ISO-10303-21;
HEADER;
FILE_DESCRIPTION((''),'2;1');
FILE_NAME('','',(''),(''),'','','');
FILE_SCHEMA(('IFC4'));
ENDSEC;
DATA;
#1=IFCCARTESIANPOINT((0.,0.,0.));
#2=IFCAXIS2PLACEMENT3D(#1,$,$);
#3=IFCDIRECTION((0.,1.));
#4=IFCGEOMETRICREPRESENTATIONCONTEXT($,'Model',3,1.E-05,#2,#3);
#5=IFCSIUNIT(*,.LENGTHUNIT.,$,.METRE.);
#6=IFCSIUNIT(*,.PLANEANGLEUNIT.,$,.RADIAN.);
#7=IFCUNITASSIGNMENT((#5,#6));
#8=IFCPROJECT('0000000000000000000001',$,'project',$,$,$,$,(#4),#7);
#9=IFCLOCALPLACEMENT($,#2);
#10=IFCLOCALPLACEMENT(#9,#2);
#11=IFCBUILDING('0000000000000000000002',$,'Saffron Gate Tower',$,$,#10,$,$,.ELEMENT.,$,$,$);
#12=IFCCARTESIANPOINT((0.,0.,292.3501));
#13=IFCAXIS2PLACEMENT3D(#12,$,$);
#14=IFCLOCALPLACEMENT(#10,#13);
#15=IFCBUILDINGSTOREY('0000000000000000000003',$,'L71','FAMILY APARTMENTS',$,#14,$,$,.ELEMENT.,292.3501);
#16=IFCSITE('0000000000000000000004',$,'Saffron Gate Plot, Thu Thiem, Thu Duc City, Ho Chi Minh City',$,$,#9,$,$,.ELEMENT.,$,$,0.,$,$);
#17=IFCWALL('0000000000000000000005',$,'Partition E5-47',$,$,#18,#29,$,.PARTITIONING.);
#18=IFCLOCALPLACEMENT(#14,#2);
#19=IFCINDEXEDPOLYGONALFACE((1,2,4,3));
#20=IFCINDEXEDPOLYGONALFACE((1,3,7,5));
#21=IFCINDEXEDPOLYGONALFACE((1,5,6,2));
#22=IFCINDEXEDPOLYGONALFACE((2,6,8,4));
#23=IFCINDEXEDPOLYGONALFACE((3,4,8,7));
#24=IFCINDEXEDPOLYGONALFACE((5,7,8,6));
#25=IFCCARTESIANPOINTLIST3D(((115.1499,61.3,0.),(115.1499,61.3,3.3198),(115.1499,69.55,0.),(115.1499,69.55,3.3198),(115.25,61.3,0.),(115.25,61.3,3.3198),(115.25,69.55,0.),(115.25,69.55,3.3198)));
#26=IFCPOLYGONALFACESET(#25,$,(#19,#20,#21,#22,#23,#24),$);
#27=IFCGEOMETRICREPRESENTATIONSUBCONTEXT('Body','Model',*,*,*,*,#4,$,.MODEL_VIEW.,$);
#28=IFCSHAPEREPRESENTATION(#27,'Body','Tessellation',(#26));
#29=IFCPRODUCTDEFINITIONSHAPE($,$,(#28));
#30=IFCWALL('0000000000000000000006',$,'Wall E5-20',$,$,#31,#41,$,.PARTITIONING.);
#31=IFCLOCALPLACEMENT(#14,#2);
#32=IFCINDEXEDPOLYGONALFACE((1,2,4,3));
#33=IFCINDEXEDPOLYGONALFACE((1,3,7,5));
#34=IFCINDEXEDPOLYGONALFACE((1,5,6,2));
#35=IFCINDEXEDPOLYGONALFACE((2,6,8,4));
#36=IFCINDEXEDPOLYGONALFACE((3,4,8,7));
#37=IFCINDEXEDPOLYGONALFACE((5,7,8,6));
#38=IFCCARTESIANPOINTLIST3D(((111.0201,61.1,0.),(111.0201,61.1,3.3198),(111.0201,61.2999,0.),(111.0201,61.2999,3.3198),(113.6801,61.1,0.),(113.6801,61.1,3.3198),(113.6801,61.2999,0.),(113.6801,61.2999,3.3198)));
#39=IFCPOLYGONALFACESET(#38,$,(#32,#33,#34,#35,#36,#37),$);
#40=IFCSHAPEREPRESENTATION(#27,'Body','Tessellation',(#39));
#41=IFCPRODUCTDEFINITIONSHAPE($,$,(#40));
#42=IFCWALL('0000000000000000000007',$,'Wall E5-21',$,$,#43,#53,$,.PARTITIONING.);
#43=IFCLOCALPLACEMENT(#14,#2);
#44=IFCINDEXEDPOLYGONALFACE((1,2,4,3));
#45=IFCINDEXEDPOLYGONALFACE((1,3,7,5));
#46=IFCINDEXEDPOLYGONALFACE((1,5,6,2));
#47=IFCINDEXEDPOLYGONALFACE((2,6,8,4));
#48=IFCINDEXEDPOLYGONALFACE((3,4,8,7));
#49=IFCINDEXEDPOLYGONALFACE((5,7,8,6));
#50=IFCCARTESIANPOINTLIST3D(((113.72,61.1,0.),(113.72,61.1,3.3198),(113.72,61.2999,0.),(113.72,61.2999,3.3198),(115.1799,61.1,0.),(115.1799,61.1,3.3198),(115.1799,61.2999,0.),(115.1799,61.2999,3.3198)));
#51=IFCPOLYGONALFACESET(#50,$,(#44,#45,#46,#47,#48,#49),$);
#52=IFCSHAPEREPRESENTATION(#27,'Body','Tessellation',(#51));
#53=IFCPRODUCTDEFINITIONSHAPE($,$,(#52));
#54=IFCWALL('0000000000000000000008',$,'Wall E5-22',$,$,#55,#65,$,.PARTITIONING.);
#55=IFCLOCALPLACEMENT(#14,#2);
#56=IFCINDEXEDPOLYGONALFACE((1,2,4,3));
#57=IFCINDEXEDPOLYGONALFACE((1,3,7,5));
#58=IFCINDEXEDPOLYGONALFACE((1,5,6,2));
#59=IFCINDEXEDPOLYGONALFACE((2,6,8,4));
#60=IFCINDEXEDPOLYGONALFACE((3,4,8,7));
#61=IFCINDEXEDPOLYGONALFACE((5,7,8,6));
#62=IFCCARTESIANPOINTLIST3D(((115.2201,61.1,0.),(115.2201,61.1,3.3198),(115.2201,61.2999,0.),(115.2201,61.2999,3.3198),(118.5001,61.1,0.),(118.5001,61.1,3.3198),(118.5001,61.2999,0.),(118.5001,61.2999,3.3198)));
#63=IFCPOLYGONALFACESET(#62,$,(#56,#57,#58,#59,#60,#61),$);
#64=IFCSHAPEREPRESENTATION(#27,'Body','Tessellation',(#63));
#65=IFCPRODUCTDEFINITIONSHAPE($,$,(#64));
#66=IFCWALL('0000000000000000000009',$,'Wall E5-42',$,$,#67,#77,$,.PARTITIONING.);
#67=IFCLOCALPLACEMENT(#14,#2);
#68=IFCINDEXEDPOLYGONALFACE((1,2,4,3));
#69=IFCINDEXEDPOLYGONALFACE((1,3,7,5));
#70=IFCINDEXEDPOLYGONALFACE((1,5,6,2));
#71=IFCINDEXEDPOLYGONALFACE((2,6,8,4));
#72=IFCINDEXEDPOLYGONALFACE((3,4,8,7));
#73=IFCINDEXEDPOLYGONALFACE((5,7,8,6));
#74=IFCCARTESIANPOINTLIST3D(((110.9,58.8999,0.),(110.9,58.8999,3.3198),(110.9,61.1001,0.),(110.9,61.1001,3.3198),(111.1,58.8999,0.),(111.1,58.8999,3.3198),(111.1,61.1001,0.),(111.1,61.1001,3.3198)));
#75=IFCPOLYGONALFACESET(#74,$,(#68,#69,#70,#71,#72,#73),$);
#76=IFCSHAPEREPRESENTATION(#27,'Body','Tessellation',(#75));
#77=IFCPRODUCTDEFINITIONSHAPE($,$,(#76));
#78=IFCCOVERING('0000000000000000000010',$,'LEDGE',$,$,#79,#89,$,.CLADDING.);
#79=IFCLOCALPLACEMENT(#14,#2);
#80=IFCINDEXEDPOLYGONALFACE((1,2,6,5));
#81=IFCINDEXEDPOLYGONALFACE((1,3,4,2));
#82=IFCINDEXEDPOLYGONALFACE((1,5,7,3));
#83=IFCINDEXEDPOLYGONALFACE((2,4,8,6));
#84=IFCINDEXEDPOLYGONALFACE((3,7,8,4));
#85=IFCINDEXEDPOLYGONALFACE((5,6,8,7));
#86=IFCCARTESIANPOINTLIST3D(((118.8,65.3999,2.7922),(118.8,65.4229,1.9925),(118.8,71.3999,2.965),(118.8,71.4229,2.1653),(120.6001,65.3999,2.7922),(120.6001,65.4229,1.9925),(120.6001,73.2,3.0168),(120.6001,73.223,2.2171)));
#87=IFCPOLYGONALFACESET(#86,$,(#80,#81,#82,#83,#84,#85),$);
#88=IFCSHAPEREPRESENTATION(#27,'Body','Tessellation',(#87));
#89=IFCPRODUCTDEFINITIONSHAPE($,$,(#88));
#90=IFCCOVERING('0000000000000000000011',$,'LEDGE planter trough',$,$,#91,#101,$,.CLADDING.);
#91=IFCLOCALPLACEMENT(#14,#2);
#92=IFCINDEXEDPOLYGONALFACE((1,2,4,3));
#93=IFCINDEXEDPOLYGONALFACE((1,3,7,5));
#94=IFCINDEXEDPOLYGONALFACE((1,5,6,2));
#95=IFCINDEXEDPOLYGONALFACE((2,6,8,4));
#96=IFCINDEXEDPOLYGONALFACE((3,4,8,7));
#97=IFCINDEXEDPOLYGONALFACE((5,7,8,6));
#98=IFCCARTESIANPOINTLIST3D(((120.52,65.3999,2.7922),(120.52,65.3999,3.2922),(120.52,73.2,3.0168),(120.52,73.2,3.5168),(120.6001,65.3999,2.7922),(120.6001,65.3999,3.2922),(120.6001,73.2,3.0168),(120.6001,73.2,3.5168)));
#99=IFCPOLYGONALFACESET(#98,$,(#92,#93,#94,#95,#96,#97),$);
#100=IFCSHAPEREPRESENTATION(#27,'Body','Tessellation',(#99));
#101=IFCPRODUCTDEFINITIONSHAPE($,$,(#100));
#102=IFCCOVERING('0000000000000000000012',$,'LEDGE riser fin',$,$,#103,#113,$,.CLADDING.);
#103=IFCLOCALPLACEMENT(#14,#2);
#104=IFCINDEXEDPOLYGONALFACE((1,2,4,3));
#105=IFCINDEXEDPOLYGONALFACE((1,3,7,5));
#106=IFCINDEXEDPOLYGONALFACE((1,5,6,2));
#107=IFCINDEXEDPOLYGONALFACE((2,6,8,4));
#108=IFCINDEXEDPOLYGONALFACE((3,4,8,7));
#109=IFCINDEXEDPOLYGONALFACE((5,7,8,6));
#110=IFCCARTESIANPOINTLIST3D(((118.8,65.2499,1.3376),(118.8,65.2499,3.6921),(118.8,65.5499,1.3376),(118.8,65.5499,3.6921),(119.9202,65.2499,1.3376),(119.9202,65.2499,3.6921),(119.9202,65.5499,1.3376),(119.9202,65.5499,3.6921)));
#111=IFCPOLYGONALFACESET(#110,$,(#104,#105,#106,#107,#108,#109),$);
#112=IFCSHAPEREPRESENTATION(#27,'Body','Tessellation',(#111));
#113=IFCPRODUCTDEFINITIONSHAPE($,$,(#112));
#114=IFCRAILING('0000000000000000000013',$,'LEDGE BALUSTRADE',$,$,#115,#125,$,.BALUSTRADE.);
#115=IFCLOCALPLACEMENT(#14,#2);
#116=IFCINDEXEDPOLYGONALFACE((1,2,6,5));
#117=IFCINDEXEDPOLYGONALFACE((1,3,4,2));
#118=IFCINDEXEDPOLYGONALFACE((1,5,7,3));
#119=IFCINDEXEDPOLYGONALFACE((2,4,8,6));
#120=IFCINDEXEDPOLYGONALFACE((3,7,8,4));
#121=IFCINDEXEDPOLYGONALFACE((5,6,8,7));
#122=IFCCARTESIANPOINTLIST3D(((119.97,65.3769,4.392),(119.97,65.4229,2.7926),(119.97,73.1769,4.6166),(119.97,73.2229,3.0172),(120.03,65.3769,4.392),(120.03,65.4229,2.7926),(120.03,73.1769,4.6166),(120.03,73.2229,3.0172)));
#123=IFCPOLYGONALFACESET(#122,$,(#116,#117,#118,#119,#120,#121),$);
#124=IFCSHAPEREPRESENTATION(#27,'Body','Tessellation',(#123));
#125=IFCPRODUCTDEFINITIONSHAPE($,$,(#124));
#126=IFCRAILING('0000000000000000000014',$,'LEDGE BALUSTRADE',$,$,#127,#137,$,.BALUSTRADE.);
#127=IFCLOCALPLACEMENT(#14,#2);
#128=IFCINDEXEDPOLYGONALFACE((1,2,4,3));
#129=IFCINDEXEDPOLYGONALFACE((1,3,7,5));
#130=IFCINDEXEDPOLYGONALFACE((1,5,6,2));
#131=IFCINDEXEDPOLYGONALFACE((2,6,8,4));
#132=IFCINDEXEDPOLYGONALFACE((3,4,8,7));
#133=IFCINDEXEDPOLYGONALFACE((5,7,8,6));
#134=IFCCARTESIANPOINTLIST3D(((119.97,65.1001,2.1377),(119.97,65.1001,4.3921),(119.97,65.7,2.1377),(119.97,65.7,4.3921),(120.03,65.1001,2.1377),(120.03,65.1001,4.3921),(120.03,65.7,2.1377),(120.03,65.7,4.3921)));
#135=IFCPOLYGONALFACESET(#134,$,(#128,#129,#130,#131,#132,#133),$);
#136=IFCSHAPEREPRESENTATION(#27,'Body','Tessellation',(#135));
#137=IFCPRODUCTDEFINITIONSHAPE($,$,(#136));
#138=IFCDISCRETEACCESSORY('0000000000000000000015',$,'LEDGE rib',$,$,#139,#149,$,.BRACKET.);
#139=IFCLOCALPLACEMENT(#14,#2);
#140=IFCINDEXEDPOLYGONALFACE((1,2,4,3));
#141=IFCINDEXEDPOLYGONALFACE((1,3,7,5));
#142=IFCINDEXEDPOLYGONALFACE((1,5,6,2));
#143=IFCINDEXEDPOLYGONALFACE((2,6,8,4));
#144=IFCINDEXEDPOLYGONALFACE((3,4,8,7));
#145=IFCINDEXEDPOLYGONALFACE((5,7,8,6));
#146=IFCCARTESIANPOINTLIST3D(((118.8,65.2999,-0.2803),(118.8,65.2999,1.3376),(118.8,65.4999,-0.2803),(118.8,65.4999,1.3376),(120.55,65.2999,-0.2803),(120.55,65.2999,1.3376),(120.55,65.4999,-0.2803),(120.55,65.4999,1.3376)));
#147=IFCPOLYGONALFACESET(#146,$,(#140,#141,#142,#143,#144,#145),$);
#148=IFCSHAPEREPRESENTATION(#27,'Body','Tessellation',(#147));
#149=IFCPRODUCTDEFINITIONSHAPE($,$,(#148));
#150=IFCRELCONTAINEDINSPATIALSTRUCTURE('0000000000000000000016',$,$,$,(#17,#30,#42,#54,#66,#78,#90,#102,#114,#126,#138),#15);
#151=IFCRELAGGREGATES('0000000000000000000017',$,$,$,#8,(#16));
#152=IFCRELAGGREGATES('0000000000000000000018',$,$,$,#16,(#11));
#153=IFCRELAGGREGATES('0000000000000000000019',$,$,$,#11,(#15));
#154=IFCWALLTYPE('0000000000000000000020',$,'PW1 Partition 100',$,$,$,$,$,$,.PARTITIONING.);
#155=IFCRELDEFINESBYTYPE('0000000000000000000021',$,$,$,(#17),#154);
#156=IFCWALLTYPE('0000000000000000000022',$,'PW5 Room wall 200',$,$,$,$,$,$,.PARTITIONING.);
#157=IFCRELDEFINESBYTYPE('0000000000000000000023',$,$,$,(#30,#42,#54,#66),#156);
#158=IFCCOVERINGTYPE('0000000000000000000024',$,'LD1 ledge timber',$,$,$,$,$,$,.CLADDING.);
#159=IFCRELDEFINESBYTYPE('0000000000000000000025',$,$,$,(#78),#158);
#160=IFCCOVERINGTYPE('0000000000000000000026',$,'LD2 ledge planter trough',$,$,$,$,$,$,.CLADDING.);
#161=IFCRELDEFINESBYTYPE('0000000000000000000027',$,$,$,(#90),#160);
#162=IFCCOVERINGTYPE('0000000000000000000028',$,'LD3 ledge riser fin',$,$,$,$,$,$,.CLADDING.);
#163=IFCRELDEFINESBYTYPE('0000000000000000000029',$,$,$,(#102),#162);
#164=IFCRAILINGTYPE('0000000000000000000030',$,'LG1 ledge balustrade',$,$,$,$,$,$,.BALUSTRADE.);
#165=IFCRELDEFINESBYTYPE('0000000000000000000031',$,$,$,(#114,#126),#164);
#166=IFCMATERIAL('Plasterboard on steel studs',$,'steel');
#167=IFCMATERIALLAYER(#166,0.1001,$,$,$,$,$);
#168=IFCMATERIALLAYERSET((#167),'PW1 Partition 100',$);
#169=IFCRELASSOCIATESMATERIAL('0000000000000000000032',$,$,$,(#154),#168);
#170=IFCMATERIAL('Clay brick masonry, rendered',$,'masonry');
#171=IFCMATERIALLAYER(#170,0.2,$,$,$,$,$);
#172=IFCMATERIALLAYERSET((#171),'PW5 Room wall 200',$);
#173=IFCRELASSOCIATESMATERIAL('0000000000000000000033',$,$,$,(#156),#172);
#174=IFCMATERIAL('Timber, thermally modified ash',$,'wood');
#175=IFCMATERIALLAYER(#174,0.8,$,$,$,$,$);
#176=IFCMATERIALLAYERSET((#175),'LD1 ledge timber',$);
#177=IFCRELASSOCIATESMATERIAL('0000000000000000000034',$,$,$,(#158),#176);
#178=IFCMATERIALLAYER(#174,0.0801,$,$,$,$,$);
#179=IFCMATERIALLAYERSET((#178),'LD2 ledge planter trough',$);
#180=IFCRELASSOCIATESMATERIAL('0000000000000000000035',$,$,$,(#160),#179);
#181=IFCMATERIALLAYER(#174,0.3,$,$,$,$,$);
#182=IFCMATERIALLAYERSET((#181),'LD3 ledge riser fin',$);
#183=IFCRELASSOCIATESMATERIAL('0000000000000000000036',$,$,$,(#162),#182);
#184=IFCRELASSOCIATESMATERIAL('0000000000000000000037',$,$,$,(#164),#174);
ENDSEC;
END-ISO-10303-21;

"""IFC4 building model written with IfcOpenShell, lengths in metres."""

from ifc_helpers import new_model, si_unit, direction, frame, frame_2d, origin, origin_2d, place, context, subcontext, project, spatial, polyline, rectangle, outline, extrude, material, layer, layer_set, type_object, element, save


model = new_model("IFC4")

# Units and contexts
model_context = context("Model", 3, precision=1e-05, world=origin(), true_north=direction((0.0, 1.0)))
body_context = subcontext(model_context, "Body", "Model", "MODEL_VIEW")
ifc_project = project(units=[si_unit("LENGTHUNIT", "METRE"), si_unit("PLANEANGLEUNIT", "RADIAN")], contexts=[model_context])

# Site, building, storey
site_placement = place(None, origin())
site = spatial("IfcSite", under=ifc_project, at=site_placement, Name="Saffron Gate Plot, Thu Thiem, Thu Duc City, Ho Chi Minh City", CompositionType="ELEMENT", RefElevation=0.0)
building_placement = place(site_placement, origin())
building = spatial("IfcBuilding", under=site, at=building_placement, Name="Saffron Gate Tower", CompositionType="ELEMENT")
storey_placement = place(building_placement, frame((0.0, 0.0, 292.3501)))
storey = spatial("IfcBuildingStorey", under=building, at=storey_placement, Name="L71", Description="FAMILY APARTMENTS", CompositionType="ELEMENT", Elevation=292.3501)

# Shared definitions
ifc_material_1 = material(Name="Plasterboard on steel studs", Category="steel")
ifc_layer_1 = layer(ifc_material_1, 0.1001)
ifc_layer_set_1 = layer_set([ifc_layer_1], Name="PW1 Partition 100")
wall_type_1 = type_object("IfcWallType", Name="PW1 Partition 100", PredefinedType="PARTITIONING", material=ifc_layer_set_1)

# Walls
wall_1_placement = place(storey_placement, frame((115.2, 69.55, 0.0), z_axis=(0.0, 0.0, 1.0), x_axis=(0.0, -1.0, 0.0)))
element("IfcWall", 1, at=wall_1_placement, inside=storey, type_object=wall_type_1, Name="Partition E5-47", PredefinedType="PARTITIONING", context=body_context, shape_type="SweptSolid", body=[
    extrude(rectangle(XDim=8.25, YDim=0.1001, at=frame_2d((4.125, 0.0))), origin(), (0.0, 0.0, 1.0), 3.3198),
])
ifc_material_2 = material(Name="Clay brick masonry, rendered", Category="masonry")
ifc_layer_2 = layer(ifc_material_2, 0.2)
ifc_layer_set_2 = layer_set([ifc_layer_2], Name="PW5 Room wall 200")
wall_type_2 = type_object("IfcWallType", Name="PW5 Room wall 200", PredefinedType="PARTITIONING", material=ifc_layer_set_2)
wall_2_placement = place(storey_placement, frame((111.02, 61.2, 0.0), z_axis=(0.0, 0.0, 1.0), x_axis=(1.0, 0.0, 0.0)))
element("IfcWall", 2, at=wall_2_placement, inside=storey, type_object=wall_type_2, Name="Wall E5-20", PredefinedType="PARTITIONING", context=body_context, shape_type="SweptSolid", body=[
    extrude(rectangle(XDim=2.6599, YDim=0.2, at=frame_2d((1.3301, 0.0))), origin(), (0.0, 0.0, 1.0), 3.3198),
])
wall_3_placement = place(storey_placement, frame((113.72, 61.2, 0.0), z_axis=(0.0, 0.0, 1.0), x_axis=(1.0, 0.0, 0.0)))
element("IfcWall", 3, at=wall_3_placement, inside=storey, type_object=wall_type_2, Name="Wall E5-21", PredefinedType="PARTITIONING", context=body_context, shape_type="SweptSolid", body=[
    extrude(rectangle(XDim=1.46, YDim=0.2, at=frame_2d((0.73, 0.0))), origin(), (0.0, 0.0, 1.0), 3.3198),
])
wall_4_placement = place(storey_placement, frame((115.22, 61.2, 0.0), z_axis=(0.0, 0.0, 1.0), x_axis=(1.0, 0.0, 0.0)))
element("IfcWall", 4, at=wall_4_placement, inside=storey, type_object=wall_type_2, Name="Wall E5-22", PredefinedType="PARTITIONING", context=body_context, shape_type="SweptSolid", body=[
    extrude(rectangle(XDim=3.28, YDim=0.2, at=frame_2d((1.6401, 0.0))), origin(), (0.0, 0.0, 1.0), 3.3198),
])
wall_5_placement = place(storey_placement, frame((111.0, 61.1001, 0.0), z_axis=(0.0, 0.0, 1.0), x_axis=(0.0, -1.0, 0.0)))
element("IfcWall", 5, at=wall_5_placement, inside=storey, type_object=wall_type_2, Name="Wall E5-42", PredefinedType="PARTITIONING", context=body_context, shape_type="SweptSolid", body=[
    extrude(rectangle(XDim=2.2002, YDim=0.2, at=frame_2d((1.1001, 0.0))), origin(), (0.0, 0.0, 1.0), 3.3198),
])

# Coverings
ifc_material_3 = material(Name="Timber, thermally modified ash", Category="wood")
ifc_layer_3 = layer(ifc_material_3, 0.8)
ifc_layer_set_3 = layer_set([ifc_layer_3], Name="LD1 ledge timber")
covering_type_1 = type_object("IfcCoveringType", Name="LD1 ledge timber", PredefinedType="CLADDING", material=ifc_layer_set_3)
covering_1_placement = place(storey_placement, frame((118.8, 65.3999, 2.7922), z_axis=(0.000024, -0.028789, 0.999585), x_axis=(0.0, 0.999585, 0.028789)))
element("IfcCovering", 6, at=covering_1_placement, inside=storey, type_object=covering_type_1, Name="LEDGE", PredefinedType="CLADDING", context=body_context, shape_type="SweptSolid", body=[
    extrude(outline(polyline([(0.0, 0.0), (6.0025, 0.0), (7.8033, -1.8), (0.0, -1.8), (0.0, 0.0)])), origin(), (0.0, 0.0, -1.0), 0.8),
])
ifc_layer_4 = layer(ifc_material_3, 0.0801)
ifc_layer_set_4 = layer_set([ifc_layer_4], Name="LD2 ledge planter trough")
covering_type_2 = type_object("IfcCoveringType", Name="LD2 ledge planter trough", PredefinedType="CLADDING", material=ifc_layer_set_4)
covering_2_placement = place(storey_placement, frame((120.6001, 65.3999, 2.7922), z_axis=(1.0, 0.0, 0.0), x_axis=(0.0, 0.999586, 0.028784)))
element("IfcCovering", 7, at=covering_2_placement, inside=storey, type_object=covering_type_2, Name="LEDGE planter trough", PredefinedType="CLADDING", context=body_context, shape_type="SweptSolid", body=[
    extrude(outline(polyline([(0.0, 0.0), (7.8033, 0.0), (7.8177, 0.4998), (0.0144, 0.4998), (0.0, 0.0)])), origin(), (0.0, 0.0, -1.0), 0.0801),
])
ifc_layer_5 = layer(ifc_material_3, 0.3)
ifc_layer_set_5 = layer_set([ifc_layer_5], Name="LD3 ledge riser fin")
covering_type_3 = type_object("IfcCoveringType", Name="LD3 ledge riser fin", PredefinedType="CLADDING", material=ifc_layer_set_5)
covering_3_placement = place(storey_placement, frame((119.3601, 65.3999, 1.3376), z_axis=(0.0, 0.0, 1.0), x_axis=(0.0, 1.0, 0.0)))
element("IfcCovering", 8, at=covering_3_placement, inside=storey, type_object=covering_type_3, Name="LEDGE riser fin", PredefinedType="CLADDING", context=body_context, shape_type="SweptSolid", body=[
    extrude(rectangle(XDim=0.3, YDim=1.1201, at=origin_2d()), origin(), (0.0, 0.0, 1.0), 2.3545),
])

# Railings
railing_type = type_object("IfcRailingType", Name="LG1 ledge balustrade", PredefinedType="BALUSTRADE", material=ifc_material_3)
railing_1_placement = place(storey_placement, frame((120.0, 65.3999, 2.7922)))
element("IfcRailing", 9, at=railing_1_placement, inside=storey, type_object=railing_type, Name="LEDGE BALUSTRADE", PredefinedType="BALUSTRADE", context=body_context, shape_type="SweptSolid", body=[
    extrude(rectangle(XDim=0.0601, YDim=1.6001, at=origin_2d()), frame((0.0, 0.0, 0.8), z_axis=(0.0, 0.999586, 0.028784), x_axis=(-1.0, 0.0, 0.0)), (0.0, 0.0, 1.0), 7.8032),
])
railing_2_placement = place(storey_placement, frame((120.0, 65.1001, 2.1377)))
element("IfcRailing", 10, at=railing_2_placement, inside=storey, type_object=railing_type, Name="LEDGE BALUSTRADE", PredefinedType="BALUSTRADE", context=body_context, shape_type="SweptSolid", body=[
    extrude(rectangle(XDim=0.0601, YDim=2.2544, at=origin_2d()), frame((0.0, 0.0, 1.1272), z_axis=(0.0, 1.0, 0.0), x_axis=(-1.0, 0.0, 0.0)), (0.0, 0.0, 1.0), 0.5999),
])

# Discrete accessory
discrete_accessory_placement = place(storey_placement, frame((119.675, 65.3999, -0.2803), z_axis=(0.0, 0.0, 1.0), x_axis=(0.0, 1.0, 0.0)))
element("IfcDiscreteAccessory", 11, at=discrete_accessory_placement, inside=storey, Name="LEDGE rib", PredefinedType="BRACKET", context=body_context, shape_type="SweptSolid", body=[
    extrude(rectangle(XDim=0.2, YDim=1.75, at=origin_2d()), origin(), (0.0, 0.0, 1.0), 1.6179),
])

save(model, "model.ifc")
